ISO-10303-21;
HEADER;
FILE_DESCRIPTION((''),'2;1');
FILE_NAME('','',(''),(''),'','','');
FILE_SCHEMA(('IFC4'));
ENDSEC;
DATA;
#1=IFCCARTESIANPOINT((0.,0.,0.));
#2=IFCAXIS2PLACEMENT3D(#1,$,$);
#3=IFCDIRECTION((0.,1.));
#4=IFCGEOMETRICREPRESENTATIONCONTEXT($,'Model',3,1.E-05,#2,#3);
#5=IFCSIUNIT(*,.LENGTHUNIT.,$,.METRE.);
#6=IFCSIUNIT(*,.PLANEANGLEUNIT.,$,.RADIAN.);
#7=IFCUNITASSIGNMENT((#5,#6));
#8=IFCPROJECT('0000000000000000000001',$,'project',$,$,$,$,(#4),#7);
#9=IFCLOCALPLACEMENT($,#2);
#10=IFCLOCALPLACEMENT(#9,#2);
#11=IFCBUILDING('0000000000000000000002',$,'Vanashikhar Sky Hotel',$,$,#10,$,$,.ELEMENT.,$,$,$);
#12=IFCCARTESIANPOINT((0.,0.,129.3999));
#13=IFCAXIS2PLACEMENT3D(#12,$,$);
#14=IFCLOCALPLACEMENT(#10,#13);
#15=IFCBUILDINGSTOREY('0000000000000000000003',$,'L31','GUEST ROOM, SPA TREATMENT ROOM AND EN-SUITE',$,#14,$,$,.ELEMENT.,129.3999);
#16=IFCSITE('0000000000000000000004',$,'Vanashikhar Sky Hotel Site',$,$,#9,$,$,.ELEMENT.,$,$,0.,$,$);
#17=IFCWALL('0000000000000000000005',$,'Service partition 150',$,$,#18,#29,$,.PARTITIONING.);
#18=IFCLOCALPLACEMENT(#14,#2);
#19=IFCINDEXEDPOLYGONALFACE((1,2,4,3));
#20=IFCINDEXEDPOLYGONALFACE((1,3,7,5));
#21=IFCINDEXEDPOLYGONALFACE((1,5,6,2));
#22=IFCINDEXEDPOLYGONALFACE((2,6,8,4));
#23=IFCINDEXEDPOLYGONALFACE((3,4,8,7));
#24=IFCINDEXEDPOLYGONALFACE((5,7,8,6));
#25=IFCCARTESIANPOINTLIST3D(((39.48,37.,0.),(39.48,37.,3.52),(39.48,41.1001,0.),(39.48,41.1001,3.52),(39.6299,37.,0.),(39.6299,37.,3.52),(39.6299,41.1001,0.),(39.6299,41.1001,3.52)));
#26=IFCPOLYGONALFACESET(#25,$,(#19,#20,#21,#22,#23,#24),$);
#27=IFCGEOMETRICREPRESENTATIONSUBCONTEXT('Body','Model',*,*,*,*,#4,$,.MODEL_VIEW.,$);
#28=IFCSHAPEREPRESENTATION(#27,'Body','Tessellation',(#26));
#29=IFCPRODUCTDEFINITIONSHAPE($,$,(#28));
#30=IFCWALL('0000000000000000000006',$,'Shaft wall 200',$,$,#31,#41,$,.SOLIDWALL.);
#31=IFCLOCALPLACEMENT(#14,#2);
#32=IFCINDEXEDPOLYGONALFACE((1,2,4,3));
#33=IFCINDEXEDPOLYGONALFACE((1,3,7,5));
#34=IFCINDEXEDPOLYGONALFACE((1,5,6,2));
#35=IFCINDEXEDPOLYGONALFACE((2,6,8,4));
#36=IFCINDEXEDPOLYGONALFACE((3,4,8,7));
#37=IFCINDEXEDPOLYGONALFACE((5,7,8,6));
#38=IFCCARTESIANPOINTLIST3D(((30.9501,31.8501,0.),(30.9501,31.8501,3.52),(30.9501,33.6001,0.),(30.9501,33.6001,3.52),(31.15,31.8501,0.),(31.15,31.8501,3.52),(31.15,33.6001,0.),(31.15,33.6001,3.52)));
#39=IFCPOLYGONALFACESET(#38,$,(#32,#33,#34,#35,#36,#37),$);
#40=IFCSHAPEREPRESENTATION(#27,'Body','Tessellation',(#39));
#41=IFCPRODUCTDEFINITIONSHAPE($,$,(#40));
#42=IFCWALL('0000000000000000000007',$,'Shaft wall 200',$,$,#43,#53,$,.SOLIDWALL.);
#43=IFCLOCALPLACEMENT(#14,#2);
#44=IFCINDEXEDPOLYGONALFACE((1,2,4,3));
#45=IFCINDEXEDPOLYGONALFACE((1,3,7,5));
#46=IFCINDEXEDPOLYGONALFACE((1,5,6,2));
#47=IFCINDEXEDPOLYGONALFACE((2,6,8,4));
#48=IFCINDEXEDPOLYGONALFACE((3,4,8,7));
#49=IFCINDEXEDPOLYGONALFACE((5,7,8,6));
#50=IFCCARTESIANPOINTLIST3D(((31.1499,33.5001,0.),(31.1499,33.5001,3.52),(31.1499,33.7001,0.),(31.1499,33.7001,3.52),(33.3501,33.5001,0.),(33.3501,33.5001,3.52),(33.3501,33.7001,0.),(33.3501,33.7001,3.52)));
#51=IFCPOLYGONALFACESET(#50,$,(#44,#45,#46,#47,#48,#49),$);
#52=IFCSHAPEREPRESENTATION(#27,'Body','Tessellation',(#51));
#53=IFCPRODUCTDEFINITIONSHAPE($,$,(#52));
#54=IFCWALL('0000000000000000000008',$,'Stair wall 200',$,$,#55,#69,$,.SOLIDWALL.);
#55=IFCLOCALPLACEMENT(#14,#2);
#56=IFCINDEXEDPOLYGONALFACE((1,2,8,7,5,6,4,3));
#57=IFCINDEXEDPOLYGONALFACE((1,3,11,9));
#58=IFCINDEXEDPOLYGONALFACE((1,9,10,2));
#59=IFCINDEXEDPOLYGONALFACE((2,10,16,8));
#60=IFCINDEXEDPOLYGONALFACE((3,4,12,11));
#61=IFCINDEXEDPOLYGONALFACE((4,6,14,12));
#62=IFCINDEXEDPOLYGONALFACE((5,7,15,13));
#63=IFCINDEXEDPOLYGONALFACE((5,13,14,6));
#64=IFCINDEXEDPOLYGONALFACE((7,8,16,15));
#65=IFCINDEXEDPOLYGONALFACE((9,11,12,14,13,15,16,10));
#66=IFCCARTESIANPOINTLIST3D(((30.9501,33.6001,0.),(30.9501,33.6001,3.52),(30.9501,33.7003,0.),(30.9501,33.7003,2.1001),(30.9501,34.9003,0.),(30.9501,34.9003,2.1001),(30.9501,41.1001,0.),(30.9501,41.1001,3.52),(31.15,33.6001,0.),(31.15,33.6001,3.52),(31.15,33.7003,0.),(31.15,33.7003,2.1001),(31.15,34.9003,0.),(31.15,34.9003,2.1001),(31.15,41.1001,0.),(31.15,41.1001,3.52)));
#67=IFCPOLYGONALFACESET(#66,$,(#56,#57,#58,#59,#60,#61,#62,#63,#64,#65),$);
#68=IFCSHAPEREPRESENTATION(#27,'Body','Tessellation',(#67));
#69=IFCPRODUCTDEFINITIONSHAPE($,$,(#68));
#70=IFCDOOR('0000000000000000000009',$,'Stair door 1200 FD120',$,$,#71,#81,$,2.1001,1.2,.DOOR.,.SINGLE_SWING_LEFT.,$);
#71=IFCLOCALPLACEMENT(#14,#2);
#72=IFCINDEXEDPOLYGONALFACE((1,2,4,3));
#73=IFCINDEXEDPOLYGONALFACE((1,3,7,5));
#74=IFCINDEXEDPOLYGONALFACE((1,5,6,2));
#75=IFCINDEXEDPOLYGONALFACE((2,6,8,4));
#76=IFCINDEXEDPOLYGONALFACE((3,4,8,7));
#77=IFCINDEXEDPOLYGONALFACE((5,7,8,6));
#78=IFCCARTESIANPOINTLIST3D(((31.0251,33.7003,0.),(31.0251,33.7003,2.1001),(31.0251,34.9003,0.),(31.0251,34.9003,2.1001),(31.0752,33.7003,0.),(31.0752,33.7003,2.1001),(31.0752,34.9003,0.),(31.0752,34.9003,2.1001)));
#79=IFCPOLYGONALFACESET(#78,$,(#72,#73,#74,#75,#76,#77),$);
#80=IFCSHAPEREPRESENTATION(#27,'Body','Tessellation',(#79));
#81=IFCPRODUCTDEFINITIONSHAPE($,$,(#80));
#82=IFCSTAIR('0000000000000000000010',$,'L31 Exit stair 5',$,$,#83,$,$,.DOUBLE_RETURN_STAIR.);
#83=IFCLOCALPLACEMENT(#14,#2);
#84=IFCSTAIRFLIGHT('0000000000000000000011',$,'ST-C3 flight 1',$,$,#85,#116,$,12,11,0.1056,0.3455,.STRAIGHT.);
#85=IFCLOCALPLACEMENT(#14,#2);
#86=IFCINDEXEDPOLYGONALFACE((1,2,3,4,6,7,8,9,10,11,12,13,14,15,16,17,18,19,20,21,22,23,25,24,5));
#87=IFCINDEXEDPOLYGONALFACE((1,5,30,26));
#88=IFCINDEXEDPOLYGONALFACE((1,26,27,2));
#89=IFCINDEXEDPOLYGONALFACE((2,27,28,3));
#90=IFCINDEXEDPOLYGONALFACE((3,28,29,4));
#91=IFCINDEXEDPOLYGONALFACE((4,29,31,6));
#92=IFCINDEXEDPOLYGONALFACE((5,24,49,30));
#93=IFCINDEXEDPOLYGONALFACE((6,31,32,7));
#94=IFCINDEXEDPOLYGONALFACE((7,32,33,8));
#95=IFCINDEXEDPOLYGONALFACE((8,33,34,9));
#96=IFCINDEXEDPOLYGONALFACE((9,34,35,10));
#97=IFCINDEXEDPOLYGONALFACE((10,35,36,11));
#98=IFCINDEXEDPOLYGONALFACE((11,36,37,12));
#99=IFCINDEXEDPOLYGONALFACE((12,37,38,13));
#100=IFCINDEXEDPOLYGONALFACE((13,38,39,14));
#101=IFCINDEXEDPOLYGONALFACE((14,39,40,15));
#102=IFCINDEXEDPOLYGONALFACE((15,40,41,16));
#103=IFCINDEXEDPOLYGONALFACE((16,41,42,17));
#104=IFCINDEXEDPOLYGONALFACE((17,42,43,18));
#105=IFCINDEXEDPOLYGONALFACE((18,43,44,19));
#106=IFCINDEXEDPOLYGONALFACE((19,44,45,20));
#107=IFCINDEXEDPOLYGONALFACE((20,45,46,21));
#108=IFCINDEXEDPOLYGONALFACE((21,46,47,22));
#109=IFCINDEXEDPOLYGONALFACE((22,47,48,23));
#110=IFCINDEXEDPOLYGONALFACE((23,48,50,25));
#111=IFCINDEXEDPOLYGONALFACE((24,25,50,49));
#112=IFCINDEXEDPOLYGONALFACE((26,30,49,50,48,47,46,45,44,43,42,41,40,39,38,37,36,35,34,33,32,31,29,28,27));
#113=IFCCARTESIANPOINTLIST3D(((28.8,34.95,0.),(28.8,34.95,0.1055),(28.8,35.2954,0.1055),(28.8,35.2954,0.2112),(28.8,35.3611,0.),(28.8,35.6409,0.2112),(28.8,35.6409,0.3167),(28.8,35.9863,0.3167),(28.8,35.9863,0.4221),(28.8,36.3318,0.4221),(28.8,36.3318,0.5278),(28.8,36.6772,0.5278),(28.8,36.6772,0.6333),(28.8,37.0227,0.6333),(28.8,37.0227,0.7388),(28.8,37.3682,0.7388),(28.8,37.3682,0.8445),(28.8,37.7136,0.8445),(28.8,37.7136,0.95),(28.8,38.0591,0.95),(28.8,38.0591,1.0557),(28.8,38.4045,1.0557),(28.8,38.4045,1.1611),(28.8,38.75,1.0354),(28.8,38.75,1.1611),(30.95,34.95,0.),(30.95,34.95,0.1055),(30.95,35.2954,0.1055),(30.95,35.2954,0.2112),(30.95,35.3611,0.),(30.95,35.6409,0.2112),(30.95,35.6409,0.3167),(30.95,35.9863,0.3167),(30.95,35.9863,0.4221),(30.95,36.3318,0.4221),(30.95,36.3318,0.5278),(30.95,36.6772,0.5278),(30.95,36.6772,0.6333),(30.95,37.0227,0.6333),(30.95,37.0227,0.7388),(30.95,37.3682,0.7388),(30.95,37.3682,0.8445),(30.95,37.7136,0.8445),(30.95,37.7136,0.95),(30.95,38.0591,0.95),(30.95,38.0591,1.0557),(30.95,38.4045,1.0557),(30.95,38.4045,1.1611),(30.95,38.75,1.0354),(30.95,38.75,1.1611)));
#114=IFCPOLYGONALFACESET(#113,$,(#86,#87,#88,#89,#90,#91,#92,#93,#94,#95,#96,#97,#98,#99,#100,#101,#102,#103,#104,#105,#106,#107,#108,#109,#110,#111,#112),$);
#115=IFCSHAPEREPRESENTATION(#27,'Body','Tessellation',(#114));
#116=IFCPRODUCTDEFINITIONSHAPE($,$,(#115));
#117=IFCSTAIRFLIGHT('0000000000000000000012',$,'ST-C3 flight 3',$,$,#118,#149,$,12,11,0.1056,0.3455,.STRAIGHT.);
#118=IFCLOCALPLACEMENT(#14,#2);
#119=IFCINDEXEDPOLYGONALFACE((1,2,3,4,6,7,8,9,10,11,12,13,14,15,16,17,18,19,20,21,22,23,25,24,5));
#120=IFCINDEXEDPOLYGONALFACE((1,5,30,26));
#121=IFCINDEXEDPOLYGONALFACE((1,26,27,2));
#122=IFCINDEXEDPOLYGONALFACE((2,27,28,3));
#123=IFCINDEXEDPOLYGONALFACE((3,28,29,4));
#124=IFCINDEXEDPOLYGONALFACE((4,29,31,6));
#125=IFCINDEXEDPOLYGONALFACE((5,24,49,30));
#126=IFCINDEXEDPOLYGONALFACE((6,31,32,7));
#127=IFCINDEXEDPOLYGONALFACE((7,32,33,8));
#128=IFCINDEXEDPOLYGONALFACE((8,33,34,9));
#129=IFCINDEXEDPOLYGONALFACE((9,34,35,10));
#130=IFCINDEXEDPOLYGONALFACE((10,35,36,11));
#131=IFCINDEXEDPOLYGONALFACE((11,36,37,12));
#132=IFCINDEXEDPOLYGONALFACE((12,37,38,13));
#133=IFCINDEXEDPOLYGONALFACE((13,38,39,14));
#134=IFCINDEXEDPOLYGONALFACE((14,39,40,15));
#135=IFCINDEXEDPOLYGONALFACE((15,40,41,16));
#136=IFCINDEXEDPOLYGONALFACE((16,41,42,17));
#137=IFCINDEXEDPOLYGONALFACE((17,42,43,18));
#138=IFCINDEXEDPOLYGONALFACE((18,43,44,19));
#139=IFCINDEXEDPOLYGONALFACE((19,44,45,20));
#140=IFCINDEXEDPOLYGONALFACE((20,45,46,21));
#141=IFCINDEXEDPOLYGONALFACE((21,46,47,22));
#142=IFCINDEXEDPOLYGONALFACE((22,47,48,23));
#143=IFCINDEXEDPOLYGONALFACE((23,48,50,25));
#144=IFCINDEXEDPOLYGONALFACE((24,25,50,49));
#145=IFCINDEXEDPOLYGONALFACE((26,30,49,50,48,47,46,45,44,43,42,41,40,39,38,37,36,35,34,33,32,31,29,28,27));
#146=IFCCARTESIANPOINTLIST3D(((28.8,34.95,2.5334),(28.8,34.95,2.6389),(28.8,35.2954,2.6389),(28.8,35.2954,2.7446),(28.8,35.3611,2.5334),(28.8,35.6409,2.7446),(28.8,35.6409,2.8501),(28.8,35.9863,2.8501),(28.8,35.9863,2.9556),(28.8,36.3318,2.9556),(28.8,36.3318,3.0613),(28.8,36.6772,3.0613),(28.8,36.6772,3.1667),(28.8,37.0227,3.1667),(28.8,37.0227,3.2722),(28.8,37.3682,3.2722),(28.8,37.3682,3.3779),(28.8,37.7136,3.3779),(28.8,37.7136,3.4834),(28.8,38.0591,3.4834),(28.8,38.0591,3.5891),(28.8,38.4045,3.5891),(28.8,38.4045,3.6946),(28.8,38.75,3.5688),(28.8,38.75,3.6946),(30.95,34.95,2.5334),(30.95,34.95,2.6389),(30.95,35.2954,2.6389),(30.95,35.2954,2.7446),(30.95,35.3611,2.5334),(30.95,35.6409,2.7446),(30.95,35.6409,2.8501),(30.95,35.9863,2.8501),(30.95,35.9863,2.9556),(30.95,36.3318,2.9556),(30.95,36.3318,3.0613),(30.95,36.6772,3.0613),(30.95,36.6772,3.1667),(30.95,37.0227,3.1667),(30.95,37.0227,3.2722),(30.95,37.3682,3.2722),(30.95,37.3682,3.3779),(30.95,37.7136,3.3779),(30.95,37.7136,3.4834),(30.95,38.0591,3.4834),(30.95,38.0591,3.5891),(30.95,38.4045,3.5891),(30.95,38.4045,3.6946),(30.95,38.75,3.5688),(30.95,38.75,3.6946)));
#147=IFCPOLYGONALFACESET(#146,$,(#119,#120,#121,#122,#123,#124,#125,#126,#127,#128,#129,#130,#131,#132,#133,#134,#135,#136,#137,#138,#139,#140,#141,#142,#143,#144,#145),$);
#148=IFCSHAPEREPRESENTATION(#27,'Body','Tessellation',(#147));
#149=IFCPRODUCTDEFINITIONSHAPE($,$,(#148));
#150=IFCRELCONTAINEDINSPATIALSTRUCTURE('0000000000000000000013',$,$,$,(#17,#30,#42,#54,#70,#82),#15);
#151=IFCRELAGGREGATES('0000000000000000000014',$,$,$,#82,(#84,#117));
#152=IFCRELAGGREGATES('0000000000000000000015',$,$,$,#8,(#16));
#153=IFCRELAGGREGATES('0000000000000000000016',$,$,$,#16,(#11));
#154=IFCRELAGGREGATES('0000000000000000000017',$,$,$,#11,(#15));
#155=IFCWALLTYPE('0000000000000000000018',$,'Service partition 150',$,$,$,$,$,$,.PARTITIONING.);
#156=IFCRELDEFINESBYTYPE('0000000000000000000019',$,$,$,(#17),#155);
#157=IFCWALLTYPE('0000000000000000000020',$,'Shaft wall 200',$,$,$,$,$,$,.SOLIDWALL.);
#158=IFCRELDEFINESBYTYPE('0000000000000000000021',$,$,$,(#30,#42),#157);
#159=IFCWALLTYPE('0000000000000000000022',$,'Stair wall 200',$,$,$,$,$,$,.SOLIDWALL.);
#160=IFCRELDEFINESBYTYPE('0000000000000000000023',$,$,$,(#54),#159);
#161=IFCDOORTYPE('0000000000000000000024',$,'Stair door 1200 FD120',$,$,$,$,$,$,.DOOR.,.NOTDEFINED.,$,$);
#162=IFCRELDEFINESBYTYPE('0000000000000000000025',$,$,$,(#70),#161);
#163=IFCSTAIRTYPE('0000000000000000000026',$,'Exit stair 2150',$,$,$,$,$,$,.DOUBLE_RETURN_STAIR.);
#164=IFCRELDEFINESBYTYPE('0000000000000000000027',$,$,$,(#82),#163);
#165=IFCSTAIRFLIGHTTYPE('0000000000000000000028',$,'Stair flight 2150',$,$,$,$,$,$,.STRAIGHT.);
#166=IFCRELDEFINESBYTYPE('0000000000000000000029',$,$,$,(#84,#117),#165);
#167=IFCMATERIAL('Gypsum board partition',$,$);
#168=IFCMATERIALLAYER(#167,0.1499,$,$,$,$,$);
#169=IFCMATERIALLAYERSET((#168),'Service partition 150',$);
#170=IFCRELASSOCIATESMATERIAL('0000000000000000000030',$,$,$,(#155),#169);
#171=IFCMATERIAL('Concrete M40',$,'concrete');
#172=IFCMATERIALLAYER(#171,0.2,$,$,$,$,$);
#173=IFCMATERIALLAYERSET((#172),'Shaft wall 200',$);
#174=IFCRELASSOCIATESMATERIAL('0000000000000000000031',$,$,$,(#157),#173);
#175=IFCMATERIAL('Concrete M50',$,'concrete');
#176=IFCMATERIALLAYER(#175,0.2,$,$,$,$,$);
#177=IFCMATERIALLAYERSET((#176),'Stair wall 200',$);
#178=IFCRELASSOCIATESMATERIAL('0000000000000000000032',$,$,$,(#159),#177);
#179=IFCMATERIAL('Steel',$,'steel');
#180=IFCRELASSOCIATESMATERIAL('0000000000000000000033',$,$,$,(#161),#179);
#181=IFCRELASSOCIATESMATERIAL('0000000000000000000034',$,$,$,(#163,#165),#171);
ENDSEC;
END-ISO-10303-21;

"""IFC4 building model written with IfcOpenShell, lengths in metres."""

from ifc_helpers import new_model, si_unit, direction, frame, frame_2d, origin, place, context, subcontext, project, spatial, polyline, rectangle, outline, extrude, source, transform, mapped, material, layer, layer_set, type_object, element, fill, aggregate, save


model = new_model("IFC4")

# Units and contexts
model_context = context("Model", 3, precision=1e-05, world=origin(), true_north=direction((0.0, 1.0)))
body_context = subcontext(model_context, "Body", "Model", "MODEL_VIEW")
ifc_project = project(units=[si_unit("LENGTHUNIT", "METRE"), si_unit("PLANEANGLEUNIT", "RADIAN")], contexts=[model_context])

# Site, building, storey
site_placement = place(None, origin())
site = spatial("IfcSite", under=ifc_project, at=site_placement, Name="Vanashikhar Sky Hotel Site", CompositionType="ELEMENT", RefElevation=0.0)
building_placement = place(site_placement, origin())
building = spatial("IfcBuilding", under=site, at=building_placement, Name="Vanashikhar Sky Hotel", CompositionType="ELEMENT")
storey_placement = place(building_placement, frame((0.0, 0.0, 129.3999)))
storey = spatial("IfcBuildingStorey", under=building, at=storey_placement, Name="L31", Description="GUEST ROOM, SPA TREATMENT ROOM AND EN-SUITE", CompositionType="ELEMENT", Elevation=129.3999)

# Shared definitions
ifc_material_1 = material(Name="Steel", Category="steel")
ifc_material_2 = material(Name="Gypsum board partition")
ifc_layer_1 = layer(ifc_material_2, 0.1499)
ifc_layer_set_1 = layer_set([ifc_layer_1], Name="Service partition 150")
wall_type_1 = type_object("IfcWallType", Name="Service partition 150", PredefinedType="PARTITIONING", material=ifc_layer_set_1)

# Walls
shared_shape_1 = source(origin(), body_context, "Body", "SweptSolid", [
    extrude(rectangle(XDim=4.1001, YDim=0.1499, at=frame_2d((2.05, 0.0))), origin(), (0.0, 0.0, 1.0), 3.52),
])
for number, where, z_axis, x_axis, name in (
    (1, (39.5549, 37.0, 0.0), (0.0, 0.0, 1.0), (0.0, 1.0, 0.0), "Service partition 150"),
):
    element("IfcWall", number, at=place(storey_placement, frame(where, z_axis=z_axis, x_axis=x_axis)), inside=storey, type_object=wall_type_1, Name=name, PredefinedType="PARTITIONING", context=body_context, shape_type="MappedRepresentation", body=[
        mapped(shared_shape_1, transform((0.0, 0.0, 0.0), scale=1.0)),
    ])
ifc_material_3 = material(Name="Concrete M40", Category="concrete")
ifc_layer_2 = layer(ifc_material_3, 0.2)
ifc_layer_set_2 = layer_set([ifc_layer_2], Name="Shaft wall 200")
wall_type_2 = type_object("IfcWallType", Name="Shaft wall 200", PredefinedType="SOLIDWALL", material=ifc_layer_set_2)
shared_shape_2 = source(origin(), body_context, "Body", "SweptSolid", [
    extrude(rectangle(XDim=1.75, YDim=0.2, at=frame_2d((0.875, 0.0))), origin(), (0.0, 0.0, 1.0), 3.52),
])
wall_1_placement = place(storey_placement, frame((31.05, 31.8501, 0.0), z_axis=(0.0, 0.0, 1.0), x_axis=(0.0, 1.0, 0.0)))
element("IfcWall", 2, at=wall_1_placement, inside=storey, type_object=wall_type_2, Name="Shaft wall 200", PredefinedType="SOLIDWALL", context=body_context, shape_type="MappedRepresentation", body=[
    mapped(shared_shape_2, transform((0.0, 0.0, 0.0), scale=1.0)),
])
shared_shape_3 = source(origin(), body_context, "Body", "SweptSolid", [
    extrude(rectangle(XDim=2.2002, YDim=0.2, at=frame_2d((1.1001, 0.0))), origin(), (0.0, 0.0, 1.0), 3.52),
])
wall_2_placement = place(storey_placement, frame((31.1499, 33.6001, 0.0), z_axis=(0.0, 0.0, 1.0), x_axis=(1.0, 0.0, 0.0)))
element("IfcWall", 3, at=wall_2_placement, inside=storey, type_object=wall_type_2, Name="Shaft wall 200", PredefinedType="SOLIDWALL", context=body_context, shape_type="MappedRepresentation", body=[
    mapped(shared_shape_3, transform((0.0, 0.0, 0.0), scale=1.0)),
])

# Wall, opening, door
ifc_material_4 = material(Name="Concrete M50", Category="concrete")
ifc_layer_3 = layer(ifc_material_4, 0.2)
ifc_layer_set_3 = layer_set([ifc_layer_3], Name="Stair wall 200")
wall_type_3 = type_object("IfcWallType", Name="Stair wall 200", PredefinedType="SOLIDWALL", material=ifc_layer_set_3)
shared_shape_4 = source(origin(), body_context, "Body", "SweptSolid", [
    extrude(rectangle(XDim=7.5, YDim=0.2, at=frame_2d((3.75, 0.0))), origin(), (0.0, 0.0, 1.0), 3.52),
])
wall_3_placement = place(storey_placement, frame((31.05, 33.6001, 0.0), z_axis=(0.0, 0.0, 1.0), x_axis=(0.0, 1.0, 0.0)))
wall_3 = element("IfcWall", 4, at=wall_3_placement, inside=storey, type_object=wall_type_3, Name="Stair wall 200", PredefinedType="SOLIDWALL", context=body_context, shape_type="MappedRepresentation", body=[
    mapped(shared_shape_4, transform((0.0, 0.0, 0.0), scale=1.0)),
])
shared_shape_5 = source(origin(), body_context, "Body", "SweptSolid", [
    extrude(rectangle(XDim=1.2, YDim=2.1001, at=frame_2d((0.6001, 1.05))), frame((0.0, 0.1099, 0.0), z_axis=(0.0, -1.0, 0.0), x_axis=(1.0, 0.0, 0.0)), (0.0, 0.0, 1.0), 0.22),
])
opening_1_placement = place(wall_3_placement, frame((0.1001, 0.0, 0.0)))
opening_1 = element("IfcOpeningElement", 5, at=opening_1_placement, cuts=wall_3, PredefinedType="OPENING", context=body_context, shape_type="MappedRepresentation", body=[
    mapped(shared_shape_5, transform((0.0, 0.0, 0.0), scale=1.0)),
])
door_type_1 = type_object("IfcDoorType", Name="Stair door 1200 FD120", OperationType="NOTDEFINED", PredefinedType="DOOR", material=ifc_material_1)
shared_shape_6 = source(origin(), body_context, "Body", "SweptSolid", [
    extrude(rectangle(XDim=1.2, YDim=2.1001, at=frame_2d((0.6001, 1.05))), frame((0.0, 0.0249, 0.0), z_axis=(0.0, -1.0, 0.0), x_axis=(1.0, 0.0, 0.0)), (0.0, 0.0, 1.0), 0.05),
])
door_1_placement = place(opening_1_placement, origin())
door_1 = element("IfcDoor", 6, at=door_1_placement, inside=storey, type_object=door_type_1, Name="Stair door 1200 FD120", OperationType="SINGLE_SWING_LEFT", OverallHeight=2.1001, OverallWidth=1.2, PredefinedType="DOOR", context=body_context, shape_type="MappedRepresentation", body=[
    mapped(shared_shape_6, transform((0.0, 0.0, 0.0), scale=1.0)),
])
fill(opening_1, door_1)

# Stair, stair flights
stair_type = type_object("IfcStairType", Name="Exit stair 2150", PredefinedType="DOUBLE_RETURN_STAIR", material=ifc_material_3)
stair_placement = place(storey_placement, origin())
stair = element("IfcStair", 7, at=stair_placement, inside=storey, type_object=stair_type, Name="L31 Exit stair 5", PredefinedType="DOUBLE_RETURN_STAIR")
stair_flight_type = type_object("IfcStairFlightType", Name="Stair flight 2150", PredefinedType="STRAIGHT", material=ifc_material_3)
shared_shape_7 = source(origin(), body_context, "Body", "SweptSolid", [
    extrude(outline(polyline([(0.0, 0.0), (0.0, 0.1055), (0.3455, 0.1055), (0.3455, 0.2112), (0.6909, 0.2112), (0.6909, 0.3167), (1.0364, 0.3167), (1.0364, 0.4221), (1.3818, 0.4221), (1.3818, 0.5278), (1.7273, 0.5278), (1.7273, 0.6333), (2.0728, 0.6333), (2.0728, 0.7388), (2.4182, 0.7388), (2.4182, 0.8445), (2.7637, 0.8445), (2.7637, 0.95), (3.1091, 0.95), (3.1091, 1.0557), (3.4546, 1.0557), (3.4546, 1.1611), (3.8, 1.1611), (3.8, 1.2666), (3.8, 1.0354), (0.4111, 0.0), (0.0, 0.0)])), frame((0.0, 1.075, 0.0), z_axis=(0.0, -1.0, 0.0), x_axis=(1.0, 0.0, 0.0)), (0.0, 0.0, 1.0), 2.1499),
])
stair_flight_1_placement = place(storey_placement, frame((29.875, 34.95, 0.0), z_axis=(0.0, 0.0, 1.0), x_axis=(0.0, 1.0, 0.0)))
stair_flight_1 = element("IfcStairFlight", 8, at=stair_flight_1_placement, type_object=stair_flight_type, Name="ST-C3 flight 1", NumberOfRisers=12, NumberOfTreads=11, PredefinedType="STRAIGHT", RiserHeight=0.1056, TreadLength=0.3455, context=body_context, shape_type="MappedRepresentation", body=[
    mapped(shared_shape_7, transform((0.0, 0.0, 0.0), scale=1.0)),
])
stair_flight_2_placement = place(storey_placement, frame((29.875, 34.95, 2.5334), z_axis=(0.0, 0.0, 1.0), x_axis=(0.0, 1.0, 0.0)))
stair_flight_2 = element("IfcStairFlight", 9, at=stair_flight_2_placement, type_object=stair_flight_type, Name="ST-C3 flight 3", NumberOfRisers=12, NumberOfTreads=11, PredefinedType="STRAIGHT", RiserHeight=0.1056, TreadLength=0.3455, context=body_context, shape_type="MappedRepresentation", body=[
    mapped(shared_shape_7, transform((0.0, 0.0, 0.0), scale=1.0)),
])
aggregate(stair, [stair_flight_1, stair_flight_2])

save(model, "model.ifc")
